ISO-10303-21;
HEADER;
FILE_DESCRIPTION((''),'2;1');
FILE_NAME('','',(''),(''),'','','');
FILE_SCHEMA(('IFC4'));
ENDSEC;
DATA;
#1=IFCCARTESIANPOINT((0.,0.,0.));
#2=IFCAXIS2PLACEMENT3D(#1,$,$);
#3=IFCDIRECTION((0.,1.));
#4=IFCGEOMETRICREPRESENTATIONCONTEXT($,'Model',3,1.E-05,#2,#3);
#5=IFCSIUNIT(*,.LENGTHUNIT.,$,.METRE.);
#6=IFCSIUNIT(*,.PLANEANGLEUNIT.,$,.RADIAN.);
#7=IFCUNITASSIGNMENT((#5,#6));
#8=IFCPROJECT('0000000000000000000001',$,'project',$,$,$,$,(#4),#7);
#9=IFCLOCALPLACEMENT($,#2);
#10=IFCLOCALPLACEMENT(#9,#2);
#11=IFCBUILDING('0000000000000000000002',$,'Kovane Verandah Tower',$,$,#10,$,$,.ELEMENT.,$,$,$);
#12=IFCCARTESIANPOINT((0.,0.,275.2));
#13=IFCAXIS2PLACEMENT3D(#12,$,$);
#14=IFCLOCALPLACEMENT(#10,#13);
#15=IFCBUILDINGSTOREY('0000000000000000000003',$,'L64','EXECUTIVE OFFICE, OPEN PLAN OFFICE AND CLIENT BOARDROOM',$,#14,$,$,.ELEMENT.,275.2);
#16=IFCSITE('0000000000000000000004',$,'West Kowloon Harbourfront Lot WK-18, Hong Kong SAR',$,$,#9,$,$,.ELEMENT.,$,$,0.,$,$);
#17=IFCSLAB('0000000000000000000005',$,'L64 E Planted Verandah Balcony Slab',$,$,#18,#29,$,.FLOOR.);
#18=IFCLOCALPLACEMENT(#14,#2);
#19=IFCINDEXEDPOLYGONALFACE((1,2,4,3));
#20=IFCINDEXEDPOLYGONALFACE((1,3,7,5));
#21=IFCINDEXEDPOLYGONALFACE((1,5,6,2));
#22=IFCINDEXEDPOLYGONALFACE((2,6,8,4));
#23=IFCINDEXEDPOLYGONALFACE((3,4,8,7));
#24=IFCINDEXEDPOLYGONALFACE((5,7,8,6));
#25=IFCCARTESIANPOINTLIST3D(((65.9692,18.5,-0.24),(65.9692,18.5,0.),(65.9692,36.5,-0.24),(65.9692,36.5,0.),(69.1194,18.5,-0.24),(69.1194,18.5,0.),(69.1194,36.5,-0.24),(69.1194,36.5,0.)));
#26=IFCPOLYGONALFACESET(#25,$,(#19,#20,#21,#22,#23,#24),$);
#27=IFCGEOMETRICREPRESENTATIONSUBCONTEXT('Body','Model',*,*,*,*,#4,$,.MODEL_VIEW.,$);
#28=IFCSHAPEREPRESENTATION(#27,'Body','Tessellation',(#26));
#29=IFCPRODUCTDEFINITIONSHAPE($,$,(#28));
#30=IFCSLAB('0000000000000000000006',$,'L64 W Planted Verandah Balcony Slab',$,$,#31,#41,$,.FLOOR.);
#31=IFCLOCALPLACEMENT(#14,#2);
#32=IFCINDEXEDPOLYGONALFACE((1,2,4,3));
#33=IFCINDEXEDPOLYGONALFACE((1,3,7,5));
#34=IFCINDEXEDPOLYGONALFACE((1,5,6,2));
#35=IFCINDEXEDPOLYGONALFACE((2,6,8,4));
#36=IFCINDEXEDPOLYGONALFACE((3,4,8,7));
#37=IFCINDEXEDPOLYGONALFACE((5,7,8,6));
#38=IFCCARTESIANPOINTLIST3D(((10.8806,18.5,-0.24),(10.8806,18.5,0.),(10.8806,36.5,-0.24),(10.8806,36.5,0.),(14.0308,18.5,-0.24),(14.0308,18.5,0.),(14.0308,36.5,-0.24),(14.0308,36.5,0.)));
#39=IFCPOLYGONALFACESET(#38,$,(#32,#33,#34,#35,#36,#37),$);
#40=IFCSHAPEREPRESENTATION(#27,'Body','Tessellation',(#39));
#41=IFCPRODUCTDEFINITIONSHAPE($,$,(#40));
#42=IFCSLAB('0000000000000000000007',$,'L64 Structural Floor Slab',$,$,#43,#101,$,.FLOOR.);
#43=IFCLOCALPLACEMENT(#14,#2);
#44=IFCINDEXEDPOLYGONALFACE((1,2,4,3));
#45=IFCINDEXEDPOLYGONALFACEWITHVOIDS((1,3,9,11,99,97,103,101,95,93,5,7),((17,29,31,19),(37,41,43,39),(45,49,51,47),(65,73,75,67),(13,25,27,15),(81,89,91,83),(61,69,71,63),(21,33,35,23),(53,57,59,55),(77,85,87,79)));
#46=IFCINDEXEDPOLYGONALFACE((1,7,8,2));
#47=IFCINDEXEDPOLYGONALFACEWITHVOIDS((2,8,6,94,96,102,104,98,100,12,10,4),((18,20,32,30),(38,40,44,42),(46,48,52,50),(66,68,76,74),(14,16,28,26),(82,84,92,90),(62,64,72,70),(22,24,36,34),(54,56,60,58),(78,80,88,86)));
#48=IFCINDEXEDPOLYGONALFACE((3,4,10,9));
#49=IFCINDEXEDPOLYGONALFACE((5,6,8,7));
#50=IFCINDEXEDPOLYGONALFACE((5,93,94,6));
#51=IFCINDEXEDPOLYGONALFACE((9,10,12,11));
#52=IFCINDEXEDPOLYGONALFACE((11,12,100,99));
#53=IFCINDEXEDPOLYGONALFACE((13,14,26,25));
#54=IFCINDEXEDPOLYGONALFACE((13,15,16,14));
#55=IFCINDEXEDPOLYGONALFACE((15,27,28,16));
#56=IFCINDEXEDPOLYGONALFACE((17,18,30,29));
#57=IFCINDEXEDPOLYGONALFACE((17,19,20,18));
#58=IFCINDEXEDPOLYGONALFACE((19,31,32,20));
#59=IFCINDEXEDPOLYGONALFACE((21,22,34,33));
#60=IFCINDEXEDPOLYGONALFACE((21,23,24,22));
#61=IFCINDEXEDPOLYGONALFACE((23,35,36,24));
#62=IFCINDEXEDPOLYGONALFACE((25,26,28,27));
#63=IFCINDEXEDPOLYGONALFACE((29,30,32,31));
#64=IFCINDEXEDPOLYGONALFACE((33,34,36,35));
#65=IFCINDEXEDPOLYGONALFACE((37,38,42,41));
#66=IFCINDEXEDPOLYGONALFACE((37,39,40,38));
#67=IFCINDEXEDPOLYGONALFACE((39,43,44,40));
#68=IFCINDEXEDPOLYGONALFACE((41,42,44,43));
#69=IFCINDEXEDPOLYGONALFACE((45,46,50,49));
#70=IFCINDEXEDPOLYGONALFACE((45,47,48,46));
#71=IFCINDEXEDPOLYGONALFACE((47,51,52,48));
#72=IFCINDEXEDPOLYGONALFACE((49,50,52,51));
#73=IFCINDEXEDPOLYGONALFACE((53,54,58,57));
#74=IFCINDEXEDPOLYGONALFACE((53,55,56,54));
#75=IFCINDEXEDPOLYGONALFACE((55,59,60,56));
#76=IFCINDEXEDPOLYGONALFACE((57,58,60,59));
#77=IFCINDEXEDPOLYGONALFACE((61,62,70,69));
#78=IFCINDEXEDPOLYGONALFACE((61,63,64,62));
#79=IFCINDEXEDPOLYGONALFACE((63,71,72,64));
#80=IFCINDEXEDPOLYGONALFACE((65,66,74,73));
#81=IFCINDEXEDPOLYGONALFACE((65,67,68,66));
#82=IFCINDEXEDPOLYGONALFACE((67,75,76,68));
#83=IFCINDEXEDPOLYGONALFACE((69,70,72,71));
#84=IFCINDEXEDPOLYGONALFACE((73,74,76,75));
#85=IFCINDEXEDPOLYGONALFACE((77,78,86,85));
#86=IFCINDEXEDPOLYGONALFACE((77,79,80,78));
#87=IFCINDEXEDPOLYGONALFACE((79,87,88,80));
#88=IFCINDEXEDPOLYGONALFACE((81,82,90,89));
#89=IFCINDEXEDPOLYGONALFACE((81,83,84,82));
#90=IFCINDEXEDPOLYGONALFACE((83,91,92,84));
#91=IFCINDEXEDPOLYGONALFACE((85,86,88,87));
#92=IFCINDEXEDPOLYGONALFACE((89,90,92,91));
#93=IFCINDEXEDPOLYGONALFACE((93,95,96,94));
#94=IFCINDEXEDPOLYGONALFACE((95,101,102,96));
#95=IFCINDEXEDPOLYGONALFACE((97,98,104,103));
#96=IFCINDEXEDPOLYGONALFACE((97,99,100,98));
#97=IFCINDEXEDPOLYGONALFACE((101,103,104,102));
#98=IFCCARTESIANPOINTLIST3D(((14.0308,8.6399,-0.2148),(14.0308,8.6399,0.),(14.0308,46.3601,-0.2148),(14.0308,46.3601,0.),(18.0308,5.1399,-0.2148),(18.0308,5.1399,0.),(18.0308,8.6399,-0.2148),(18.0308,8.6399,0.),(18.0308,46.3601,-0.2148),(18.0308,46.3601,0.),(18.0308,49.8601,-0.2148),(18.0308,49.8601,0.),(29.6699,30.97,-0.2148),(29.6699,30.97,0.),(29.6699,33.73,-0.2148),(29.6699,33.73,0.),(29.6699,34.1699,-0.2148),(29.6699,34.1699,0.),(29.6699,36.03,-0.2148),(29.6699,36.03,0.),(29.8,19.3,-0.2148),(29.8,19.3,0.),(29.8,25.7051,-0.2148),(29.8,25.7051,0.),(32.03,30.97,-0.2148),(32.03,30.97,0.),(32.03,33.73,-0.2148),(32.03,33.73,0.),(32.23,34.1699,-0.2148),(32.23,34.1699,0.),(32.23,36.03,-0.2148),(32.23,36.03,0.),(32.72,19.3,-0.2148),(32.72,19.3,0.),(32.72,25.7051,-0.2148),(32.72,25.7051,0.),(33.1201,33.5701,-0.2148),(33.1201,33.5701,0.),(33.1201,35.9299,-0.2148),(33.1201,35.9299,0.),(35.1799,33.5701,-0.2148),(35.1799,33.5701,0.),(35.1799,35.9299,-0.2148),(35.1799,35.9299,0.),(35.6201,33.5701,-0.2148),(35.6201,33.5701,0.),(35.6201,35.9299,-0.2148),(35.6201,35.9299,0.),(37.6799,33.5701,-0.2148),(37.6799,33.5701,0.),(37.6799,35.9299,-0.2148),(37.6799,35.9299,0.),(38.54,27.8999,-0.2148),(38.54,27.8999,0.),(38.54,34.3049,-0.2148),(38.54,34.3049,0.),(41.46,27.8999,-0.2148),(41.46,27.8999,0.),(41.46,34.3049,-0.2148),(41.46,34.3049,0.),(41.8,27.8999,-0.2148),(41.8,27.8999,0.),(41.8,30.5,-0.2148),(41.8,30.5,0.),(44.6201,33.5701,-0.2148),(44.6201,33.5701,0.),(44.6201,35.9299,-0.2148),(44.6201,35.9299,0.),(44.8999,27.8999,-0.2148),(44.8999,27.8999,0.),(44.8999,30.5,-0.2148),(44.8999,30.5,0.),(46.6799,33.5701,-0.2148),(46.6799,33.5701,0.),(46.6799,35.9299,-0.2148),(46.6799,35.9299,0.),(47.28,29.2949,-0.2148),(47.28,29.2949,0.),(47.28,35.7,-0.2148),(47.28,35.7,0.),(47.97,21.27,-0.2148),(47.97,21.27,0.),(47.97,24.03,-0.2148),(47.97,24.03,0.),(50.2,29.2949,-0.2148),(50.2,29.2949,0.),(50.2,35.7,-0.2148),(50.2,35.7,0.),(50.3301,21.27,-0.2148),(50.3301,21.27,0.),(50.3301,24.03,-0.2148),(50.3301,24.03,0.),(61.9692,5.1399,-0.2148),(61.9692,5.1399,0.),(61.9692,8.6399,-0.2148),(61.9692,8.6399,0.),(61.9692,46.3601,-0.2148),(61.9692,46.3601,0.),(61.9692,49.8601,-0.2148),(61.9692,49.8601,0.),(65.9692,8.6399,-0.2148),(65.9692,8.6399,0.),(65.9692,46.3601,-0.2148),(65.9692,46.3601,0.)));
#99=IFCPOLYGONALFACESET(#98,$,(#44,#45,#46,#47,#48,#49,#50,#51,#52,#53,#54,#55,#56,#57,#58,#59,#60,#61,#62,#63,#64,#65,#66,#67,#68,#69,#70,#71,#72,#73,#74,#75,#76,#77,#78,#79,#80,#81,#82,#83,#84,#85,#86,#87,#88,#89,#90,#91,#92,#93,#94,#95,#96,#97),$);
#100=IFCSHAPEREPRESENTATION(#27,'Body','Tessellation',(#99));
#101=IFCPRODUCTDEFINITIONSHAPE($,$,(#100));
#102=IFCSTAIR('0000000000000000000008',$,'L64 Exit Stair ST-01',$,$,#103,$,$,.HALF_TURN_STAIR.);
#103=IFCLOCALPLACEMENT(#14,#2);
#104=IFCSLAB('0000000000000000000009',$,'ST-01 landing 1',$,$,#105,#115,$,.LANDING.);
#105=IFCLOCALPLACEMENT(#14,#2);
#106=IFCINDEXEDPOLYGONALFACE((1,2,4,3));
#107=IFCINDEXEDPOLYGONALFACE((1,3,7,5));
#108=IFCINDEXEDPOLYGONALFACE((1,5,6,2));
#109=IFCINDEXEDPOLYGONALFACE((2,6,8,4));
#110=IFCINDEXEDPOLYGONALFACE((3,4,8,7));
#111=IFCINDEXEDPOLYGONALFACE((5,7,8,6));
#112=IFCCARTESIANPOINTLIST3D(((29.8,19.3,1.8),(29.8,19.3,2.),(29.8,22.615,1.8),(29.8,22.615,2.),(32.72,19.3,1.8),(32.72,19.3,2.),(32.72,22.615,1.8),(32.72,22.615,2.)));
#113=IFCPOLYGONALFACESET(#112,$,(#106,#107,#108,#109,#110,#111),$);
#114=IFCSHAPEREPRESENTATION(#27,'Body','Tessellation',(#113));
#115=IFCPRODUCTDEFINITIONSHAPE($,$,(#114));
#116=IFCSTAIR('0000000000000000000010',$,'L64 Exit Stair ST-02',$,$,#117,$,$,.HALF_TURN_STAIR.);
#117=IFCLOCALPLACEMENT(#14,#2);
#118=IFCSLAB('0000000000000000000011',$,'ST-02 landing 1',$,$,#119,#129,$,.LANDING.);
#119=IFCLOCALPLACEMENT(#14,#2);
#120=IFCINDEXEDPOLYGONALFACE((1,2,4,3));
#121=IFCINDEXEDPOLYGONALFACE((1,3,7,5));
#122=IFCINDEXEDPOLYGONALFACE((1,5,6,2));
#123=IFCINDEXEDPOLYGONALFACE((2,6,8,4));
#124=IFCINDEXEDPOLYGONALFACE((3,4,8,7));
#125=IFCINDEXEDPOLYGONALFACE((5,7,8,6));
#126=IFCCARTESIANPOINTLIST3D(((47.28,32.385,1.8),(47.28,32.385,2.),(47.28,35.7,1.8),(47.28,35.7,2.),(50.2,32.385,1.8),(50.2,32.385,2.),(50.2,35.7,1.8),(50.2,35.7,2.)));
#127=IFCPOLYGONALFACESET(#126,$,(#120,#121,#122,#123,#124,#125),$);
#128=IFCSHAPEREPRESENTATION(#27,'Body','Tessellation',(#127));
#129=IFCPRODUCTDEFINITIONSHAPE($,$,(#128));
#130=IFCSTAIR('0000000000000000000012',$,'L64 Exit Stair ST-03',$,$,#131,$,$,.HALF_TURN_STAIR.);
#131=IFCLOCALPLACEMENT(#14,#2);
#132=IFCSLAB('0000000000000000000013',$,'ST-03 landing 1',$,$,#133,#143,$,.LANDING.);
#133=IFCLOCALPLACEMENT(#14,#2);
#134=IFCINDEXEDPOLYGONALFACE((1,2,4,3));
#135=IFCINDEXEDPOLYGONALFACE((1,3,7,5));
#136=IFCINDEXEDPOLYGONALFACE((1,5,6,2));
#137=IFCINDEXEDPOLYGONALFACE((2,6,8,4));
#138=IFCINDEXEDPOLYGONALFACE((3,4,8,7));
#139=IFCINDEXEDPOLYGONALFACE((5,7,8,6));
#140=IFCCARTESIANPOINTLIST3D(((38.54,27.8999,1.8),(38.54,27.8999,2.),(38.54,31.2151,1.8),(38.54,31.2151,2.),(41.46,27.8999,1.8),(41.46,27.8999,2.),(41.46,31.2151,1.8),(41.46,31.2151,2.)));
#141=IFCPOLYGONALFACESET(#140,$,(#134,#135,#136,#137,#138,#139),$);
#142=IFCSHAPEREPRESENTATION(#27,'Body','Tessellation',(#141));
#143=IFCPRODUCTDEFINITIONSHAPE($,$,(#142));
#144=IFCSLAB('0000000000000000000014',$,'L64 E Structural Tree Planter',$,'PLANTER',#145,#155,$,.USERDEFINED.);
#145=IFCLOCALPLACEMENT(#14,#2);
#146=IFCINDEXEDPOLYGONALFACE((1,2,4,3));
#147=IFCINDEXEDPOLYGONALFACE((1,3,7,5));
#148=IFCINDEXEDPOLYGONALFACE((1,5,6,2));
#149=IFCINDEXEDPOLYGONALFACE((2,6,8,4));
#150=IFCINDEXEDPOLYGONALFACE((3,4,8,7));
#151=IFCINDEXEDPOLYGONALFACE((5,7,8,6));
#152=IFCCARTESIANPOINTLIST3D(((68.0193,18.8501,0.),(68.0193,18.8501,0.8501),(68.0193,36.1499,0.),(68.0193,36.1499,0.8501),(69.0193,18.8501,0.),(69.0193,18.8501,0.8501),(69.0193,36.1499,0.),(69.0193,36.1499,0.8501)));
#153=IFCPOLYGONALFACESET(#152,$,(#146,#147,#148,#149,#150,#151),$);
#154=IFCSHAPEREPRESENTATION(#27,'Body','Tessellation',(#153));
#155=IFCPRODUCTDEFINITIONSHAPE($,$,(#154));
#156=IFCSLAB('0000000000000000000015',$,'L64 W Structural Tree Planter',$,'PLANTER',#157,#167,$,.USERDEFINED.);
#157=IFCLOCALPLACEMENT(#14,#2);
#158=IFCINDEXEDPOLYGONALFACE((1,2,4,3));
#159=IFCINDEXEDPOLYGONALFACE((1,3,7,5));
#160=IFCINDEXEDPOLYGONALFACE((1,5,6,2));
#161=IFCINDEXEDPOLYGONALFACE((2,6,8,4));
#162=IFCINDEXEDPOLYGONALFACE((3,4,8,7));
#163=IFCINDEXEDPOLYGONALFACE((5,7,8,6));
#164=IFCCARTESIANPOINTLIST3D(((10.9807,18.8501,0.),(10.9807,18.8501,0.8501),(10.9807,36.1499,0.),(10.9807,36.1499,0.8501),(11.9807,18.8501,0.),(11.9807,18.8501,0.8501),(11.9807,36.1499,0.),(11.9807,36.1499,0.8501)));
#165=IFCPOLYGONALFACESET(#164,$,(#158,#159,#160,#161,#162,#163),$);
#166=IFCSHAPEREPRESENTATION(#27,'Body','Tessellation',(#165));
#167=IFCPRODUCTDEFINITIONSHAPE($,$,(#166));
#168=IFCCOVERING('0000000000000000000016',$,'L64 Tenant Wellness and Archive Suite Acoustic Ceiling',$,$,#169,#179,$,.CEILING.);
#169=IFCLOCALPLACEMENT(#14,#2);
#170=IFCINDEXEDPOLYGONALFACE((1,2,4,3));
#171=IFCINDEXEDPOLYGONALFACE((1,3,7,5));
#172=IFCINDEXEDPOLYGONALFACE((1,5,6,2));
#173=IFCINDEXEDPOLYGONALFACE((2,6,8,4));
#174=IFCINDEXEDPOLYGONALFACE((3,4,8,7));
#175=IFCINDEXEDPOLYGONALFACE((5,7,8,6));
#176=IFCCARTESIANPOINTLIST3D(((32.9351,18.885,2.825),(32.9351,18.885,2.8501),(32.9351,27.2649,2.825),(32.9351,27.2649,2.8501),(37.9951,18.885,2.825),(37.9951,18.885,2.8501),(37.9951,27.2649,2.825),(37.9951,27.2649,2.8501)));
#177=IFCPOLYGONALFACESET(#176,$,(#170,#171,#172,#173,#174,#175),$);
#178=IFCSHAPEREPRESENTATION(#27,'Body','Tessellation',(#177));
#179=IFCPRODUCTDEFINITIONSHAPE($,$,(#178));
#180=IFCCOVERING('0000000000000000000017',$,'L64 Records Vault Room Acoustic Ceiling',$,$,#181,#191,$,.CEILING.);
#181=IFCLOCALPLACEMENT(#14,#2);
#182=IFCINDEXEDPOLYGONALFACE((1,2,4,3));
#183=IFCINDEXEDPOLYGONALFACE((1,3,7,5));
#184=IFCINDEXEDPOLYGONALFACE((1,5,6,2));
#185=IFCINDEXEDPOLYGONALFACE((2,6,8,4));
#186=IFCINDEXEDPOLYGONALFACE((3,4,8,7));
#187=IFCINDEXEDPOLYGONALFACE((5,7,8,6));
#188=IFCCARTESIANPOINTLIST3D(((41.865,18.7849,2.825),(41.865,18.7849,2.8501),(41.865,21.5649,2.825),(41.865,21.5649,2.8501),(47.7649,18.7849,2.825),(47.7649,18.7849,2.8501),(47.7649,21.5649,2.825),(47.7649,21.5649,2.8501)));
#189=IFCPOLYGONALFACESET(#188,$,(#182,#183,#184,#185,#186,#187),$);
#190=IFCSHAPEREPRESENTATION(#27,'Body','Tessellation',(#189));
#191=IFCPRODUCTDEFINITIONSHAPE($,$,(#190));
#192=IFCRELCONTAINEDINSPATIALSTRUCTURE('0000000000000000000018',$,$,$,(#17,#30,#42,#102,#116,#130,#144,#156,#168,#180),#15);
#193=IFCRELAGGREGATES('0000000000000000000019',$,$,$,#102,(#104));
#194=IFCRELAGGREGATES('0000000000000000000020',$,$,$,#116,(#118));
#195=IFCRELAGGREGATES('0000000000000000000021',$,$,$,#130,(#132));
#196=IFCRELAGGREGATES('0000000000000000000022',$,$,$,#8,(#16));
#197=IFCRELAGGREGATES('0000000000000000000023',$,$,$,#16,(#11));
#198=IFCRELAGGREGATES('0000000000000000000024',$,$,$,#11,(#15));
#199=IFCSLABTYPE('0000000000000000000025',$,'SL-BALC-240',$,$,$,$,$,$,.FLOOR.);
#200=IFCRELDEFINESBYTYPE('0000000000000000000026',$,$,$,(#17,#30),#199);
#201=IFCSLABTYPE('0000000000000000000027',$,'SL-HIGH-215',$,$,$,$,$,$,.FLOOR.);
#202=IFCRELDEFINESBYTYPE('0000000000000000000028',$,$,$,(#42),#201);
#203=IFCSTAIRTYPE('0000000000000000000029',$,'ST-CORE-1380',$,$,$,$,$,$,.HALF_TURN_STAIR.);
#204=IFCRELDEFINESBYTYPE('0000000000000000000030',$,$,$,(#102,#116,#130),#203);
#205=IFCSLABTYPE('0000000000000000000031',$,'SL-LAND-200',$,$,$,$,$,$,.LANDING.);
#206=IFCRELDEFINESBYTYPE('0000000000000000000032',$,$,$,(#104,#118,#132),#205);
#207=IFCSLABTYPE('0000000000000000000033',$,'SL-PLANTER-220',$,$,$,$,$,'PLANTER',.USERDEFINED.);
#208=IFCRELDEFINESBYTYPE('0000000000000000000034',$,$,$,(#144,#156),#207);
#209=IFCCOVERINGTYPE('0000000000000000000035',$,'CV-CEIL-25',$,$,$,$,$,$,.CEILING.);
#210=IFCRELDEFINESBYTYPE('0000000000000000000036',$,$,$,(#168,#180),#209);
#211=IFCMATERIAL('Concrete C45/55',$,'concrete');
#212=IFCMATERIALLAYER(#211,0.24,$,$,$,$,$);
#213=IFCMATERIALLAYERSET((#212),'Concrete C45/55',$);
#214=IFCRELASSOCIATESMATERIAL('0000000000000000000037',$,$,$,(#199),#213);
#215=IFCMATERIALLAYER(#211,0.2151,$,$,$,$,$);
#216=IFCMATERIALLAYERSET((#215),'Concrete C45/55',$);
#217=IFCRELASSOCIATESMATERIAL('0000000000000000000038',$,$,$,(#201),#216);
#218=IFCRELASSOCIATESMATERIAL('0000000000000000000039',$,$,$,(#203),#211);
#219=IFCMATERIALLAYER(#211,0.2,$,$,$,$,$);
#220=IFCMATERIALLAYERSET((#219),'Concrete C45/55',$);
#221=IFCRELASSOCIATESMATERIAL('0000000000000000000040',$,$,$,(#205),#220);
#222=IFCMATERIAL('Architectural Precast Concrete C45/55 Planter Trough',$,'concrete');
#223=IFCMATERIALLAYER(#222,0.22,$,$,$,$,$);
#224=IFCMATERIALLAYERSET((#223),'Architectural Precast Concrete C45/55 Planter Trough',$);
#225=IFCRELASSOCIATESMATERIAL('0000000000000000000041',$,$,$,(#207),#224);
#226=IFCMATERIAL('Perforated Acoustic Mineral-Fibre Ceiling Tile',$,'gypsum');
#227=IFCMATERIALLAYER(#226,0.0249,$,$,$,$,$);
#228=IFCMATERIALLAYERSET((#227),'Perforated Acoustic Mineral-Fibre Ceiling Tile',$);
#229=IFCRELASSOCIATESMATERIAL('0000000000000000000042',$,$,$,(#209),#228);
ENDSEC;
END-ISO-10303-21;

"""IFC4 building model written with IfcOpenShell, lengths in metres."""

from ifc_helpers import new_model, si_unit, direction, frame, origin, place, context, subcontext, project, spatial, polyline, outline, extrude, material, layer, layer_set, type_object, element, aggregate, save


model = new_model("IFC4")

# Units and contexts
model_context = context("Model", 3, precision=1e-05, world=origin(), true_north=direction((0.0, 1.0)))
body_context = subcontext(model_context, "Body", "Model", "MODEL_VIEW")
ifc_project = project(units=[si_unit("LENGTHUNIT", "METRE"), si_unit("PLANEANGLEUNIT", "RADIAN")], contexts=[model_context])

# Site, building, storey
site_placement = place(None, origin())
site = spatial("IfcSite", under=ifc_project, at=site_placement, Name="West Kowloon Harbourfront Lot WK-18, Hong Kong SAR", CompositionType="ELEMENT", RefElevation=0.0)
building_placement = place(site_placement, origin())
building = spatial("IfcBuilding", under=site, at=building_placement, Name="Kovane Verandah Tower", CompositionType="ELEMENT")
storey_placement = place(building_placement, frame((0.0, 0.0, 275.2)))
storey = spatial("IfcBuildingStorey", under=building, at=storey_placement, Name="L64", Description="EXECUTIVE OFFICE, OPEN PLAN OFFICE AND CLIENT BOARDROOM", CompositionType="ELEMENT", Elevation=275.2)

# Slabs
ifc_material_1 = material(Name="Concrete C45/55", Category="concrete")
ifc_layer_1 = layer(ifc_material_1, 0.24)
ifc_layer_set_1 = layer_set([ifc_layer_1], Name="Concrete C45/55")
slab_type_1 = type_object("IfcSlabType", Name="SL-BALC-240", PredefinedType="FLOOR", material=ifc_layer_set_1)
slab_1_placement = place(storey_placement, frame((0.0, 0.0, -0.24)))
element("IfcSlab", 1, at=slab_1_placement, inside=storey, type_object=slab_type_1, Name="L64 E Planted Verandah Balcony Slab", PredefinedType="FLOOR", context=body_context, shape_type="SweptSolid", body=[
    extrude(outline(polyline([(65.9692, 18.5), (69.1194, 18.5), (69.1194, 36.5), (65.9692, 36.5), (65.9692, 18.5)])), origin(), (0.0, 0.0, 1.0), 0.24),
])
slab_2_placement = place(storey_placement, frame((0.0, 0.0, -0.24)))
element("IfcSlab", 2, at=slab_2_placement, inside=storey, type_object=slab_type_1, Name="L64 W Planted Verandah Balcony Slab", PredefinedType="FLOOR", context=body_context, shape_type="SweptSolid", body=[
    extrude(outline(polyline([(10.8806, 18.5), (14.0308, 18.5), (14.0308, 36.5), (10.8806, 36.5), (10.8806, 18.5)])), origin(), (0.0, 0.0, 1.0), 0.24),
])
ifc_layer_2 = layer(ifc_material_1, 0.2151)
ifc_layer_set_2 = layer_set([ifc_layer_2], Name="Concrete C45/55")
slab_type_2 = type_object("IfcSlabType", Name="SL-HIGH-215", PredefinedType="FLOOR", material=ifc_layer_set_2)
slab_3_placement = place(storey_placement, frame((0.0, 0.0, -0.2148)))
element("IfcSlab", 3, at=slab_3_placement, inside=storey, type_object=slab_type_2, Name="L64 Structural Floor Slab", PredefinedType="FLOOR", context=body_context, shape_type="SweptSolid", body=[
    extrude(outline(polyline([(18.0308, 5.1399), (61.9692, 5.1399), (61.9692, 8.6399), (65.9692, 8.6399), (65.9692, 46.3601), (61.9692, 46.3601), (61.9692, 49.8601), (18.0308, 49.8601), (18.0308, 46.3601), (14.0308, 46.3601), (14.0308, 8.6399), (18.0308, 8.6399), (18.0308, 5.1399)]), holes=[polyline([(29.8, 19.3), (32.72, 19.3), (32.72, 25.7051), (29.8, 25.7051), (29.8, 19.3)]), polyline([(47.28, 29.2949), (50.2, 29.2949), (50.2, 35.7), (47.28, 35.7), (47.28, 29.2949)]), polyline([(38.54, 27.8999), (41.46, 27.8999), (41.46, 34.3049), (38.54, 34.3049), (38.54, 27.8999)]), polyline([(29.6699, 30.97), (32.03, 30.97), (32.03, 33.73), (29.6699, 33.73), (29.6699, 30.97)]), polyline([(47.97, 21.27), (50.3301, 21.27), (50.3301, 24.03), (47.97, 24.03), (47.97, 21.27)]), polyline([(29.6699, 34.1699), (32.23, 34.1699), (32.23, 36.03), (29.6699, 36.03), (29.6699, 34.1699)]), polyline([(33.1201, 33.5701), (35.1799, 33.5701), (35.1799, 35.9299), (33.1201, 35.9299), (33.1201, 33.5701)]), polyline([(35.6201, 33.5701), (37.6799, 33.5701), (37.6799, 35.9299), (35.6201, 35.9299), (35.6201, 33.5701)]), polyline([(44.6201, 33.5701), (46.6799, 33.5701), (46.6799, 35.9299), (44.6201, 35.9299), (44.6201, 33.5701)]), polyline([(41.8, 27.8999), (44.8999, 27.8999), (44.8999, 30.5), (41.8, 30.5), (41.8, 27.8999)])]), origin(), (0.0, 0.0, 1.0), 0.2148),
])

# Stairs, slabs
stair_type = type_object("IfcStairType", Name="ST-CORE-1380", PredefinedType="HALF_TURN_STAIR", material=ifc_material_1)
stair_1_placement = place(storey_placement, origin())
stair_1 = element("IfcStair", 4, at=stair_1_placement, inside=storey, type_object=stair_type, Name="L64 Exit Stair ST-01", PredefinedType="HALF_TURN_STAIR")
ifc_layer_3 = layer(ifc_material_1, 0.2)
ifc_layer_set_3 = layer_set([ifc_layer_3], Name="Concrete C45/55")
slab_type_3 = type_object("IfcSlabType", Name="SL-LAND-200", PredefinedType="LANDING", material=ifc_layer_set_3)
slab_4_placement = place(storey_placement, frame((0.0, 0.0, 1.8)))
slab_4 = element("IfcSlab", 5, at=slab_4_placement, type_object=slab_type_3, Name="ST-01 landing 1", PredefinedType="LANDING", context=body_context, shape_type="SweptSolid", body=[
    extrude(outline(polyline([(29.8, 22.615), (29.8, 19.3), (32.72, 19.3), (32.72, 22.615), (29.8, 22.615)])), origin(), (0.0, 0.0, 1.0), 0.2),
])
aggregate(stair_1, [slab_4])
stair_2_placement = place(storey_placement, origin())
stair_2 = element("IfcStair", 6, at=stair_2_placement, inside=storey, type_object=stair_type, Name="L64 Exit Stair ST-02", PredefinedType="HALF_TURN_STAIR")
slab_5_placement = place(storey_placement, frame((0.0, 0.0, 1.8)))
slab_5 = element("IfcSlab", 7, at=slab_5_placement, type_object=slab_type_3, Name="ST-02 landing 1", PredefinedType="LANDING", context=body_context, shape_type="SweptSolid", body=[
    extrude(outline(polyline([(50.2, 32.385), (50.2, 35.7), (47.28, 35.7), (47.28, 32.385), (50.2, 32.385)])), origin(), (0.0, 0.0, 1.0), 0.2),
])
aggregate(stair_2, [slab_5])
stair_3_placement = place(storey_placement, origin())
stair_3 = element("IfcStair", 8, at=stair_3_placement, inside=storey, type_object=stair_type, Name="L64 Exit Stair ST-03", PredefinedType="HALF_TURN_STAIR")
slab_6_placement = place(storey_placement, frame((0.0, 0.0, 1.8)))
slab_6 = element("IfcSlab", 9, at=slab_6_placement, type_object=slab_type_3, Name="ST-03 landing 1", PredefinedType="LANDING", context=body_context, shape_type="SweptSolid", body=[
    extrude(outline(polyline([(38.54, 31.2151), (38.54, 27.8999), (41.46, 27.8999), (41.46, 31.2151), (38.54, 31.2151)])), origin(), (0.0, 0.0, 1.0), 0.2),
])
aggregate(stair_3, [slab_6])

# Slabs
ifc_material_2 = material(Name="Architectural Precast Concrete C45/55 Planter Trough", Category="concrete")
ifc_layer_4 = layer(ifc_material_2, 0.22)
ifc_layer_set_4 = layer_set([ifc_layer_4], Name="Architectural Precast Concrete C45/55 Planter Trough")
slab_type_4 = type_object("IfcSlabType", Name="SL-PLANTER-220", ElementType="PLANTER", PredefinedType="USERDEFINED", material=ifc_layer_set_4)
slab_7_placement = place(storey_placement, origin())
element("IfcSlab", 10, at=slab_7_placement, inside=storey, type_object=slab_type_4, Name="L64 E Structural Tree Planter", ObjectType="PLANTER", PredefinedType="USERDEFINED", context=body_context, shape_type="SweptSolid", body=[
    extrude(outline(polyline([(68.0193, 18.8501), (69.0193, 18.8501), (69.0193, 36.1499), (68.0193, 36.1499), (68.0193, 18.8501)])), origin(), (0.0, 0.0, 1.0), 0.8501),
])
slab_8_placement = place(storey_placement, origin())
element("IfcSlab", 11, at=slab_8_placement, inside=storey, type_object=slab_type_4, Name="L64 W Structural Tree Planter", ObjectType="PLANTER", PredefinedType="USERDEFINED", context=body_context, shape_type="SweptSolid", body=[
    extrude(outline(polyline([(10.9807, 18.8501), (11.9807, 18.8501), (11.9807, 36.1499), (10.9807, 36.1499), (10.9807, 18.8501)])), origin(), (0.0, 0.0, 1.0), 0.8501),
])

# Coverings
ifc_material_3 = material(Name="Perforated Acoustic Mineral-Fibre Ceiling Tile", Category="gypsum")
ifc_layer_5 = layer(ifc_material_3, 0.0249)
ifc_layer_set_5 = layer_set([ifc_layer_5], Name="Perforated Acoustic Mineral-Fibre Ceiling Tile")
covering_type_1 = type_object("IfcCoveringType", Name="CV-CEIL-25", PredefinedType="CEILING", material=ifc_layer_set_5)
covering_1_placement = place(storey_placement, frame((0.0, 0.0, 2.825)))
element("IfcCovering", 12, at=covering_1_placement, inside=storey, type_object=covering_type_1, Name="L64 Tenant Wellness and Archive Suite Acoustic Ceiling", PredefinedType="CEILING", context=body_context, shape_type="SweptSolid", body=[
    extrude(outline(polyline([(32.9351, 18.885), (37.9951, 18.885), (37.9951, 27.2649), (32.9351, 27.2649), (32.9351, 18.885)])), origin(), (0.0, 0.0, 1.0), 0.0251),
])
covering_2_placement = place(storey_placement, frame((0.0, 0.0, 2.825)))
element("IfcCovering", 13, at=covering_2_placement, inside=storey, type_object=covering_type_1, Name="L64 Records Vault Room Acoustic Ceiling", PredefinedType="CEILING", context=body_context, shape_type="SweptSolid", body=[
    extrude(outline(polyline([(41.865, 18.7849), (47.7649, 18.7849), (47.7649, 21.5649), (41.865, 21.5649), (41.865, 18.7849)])), origin(), (0.0, 0.0, 1.0), 0.0251),
])

save(model, "model.ifc")
